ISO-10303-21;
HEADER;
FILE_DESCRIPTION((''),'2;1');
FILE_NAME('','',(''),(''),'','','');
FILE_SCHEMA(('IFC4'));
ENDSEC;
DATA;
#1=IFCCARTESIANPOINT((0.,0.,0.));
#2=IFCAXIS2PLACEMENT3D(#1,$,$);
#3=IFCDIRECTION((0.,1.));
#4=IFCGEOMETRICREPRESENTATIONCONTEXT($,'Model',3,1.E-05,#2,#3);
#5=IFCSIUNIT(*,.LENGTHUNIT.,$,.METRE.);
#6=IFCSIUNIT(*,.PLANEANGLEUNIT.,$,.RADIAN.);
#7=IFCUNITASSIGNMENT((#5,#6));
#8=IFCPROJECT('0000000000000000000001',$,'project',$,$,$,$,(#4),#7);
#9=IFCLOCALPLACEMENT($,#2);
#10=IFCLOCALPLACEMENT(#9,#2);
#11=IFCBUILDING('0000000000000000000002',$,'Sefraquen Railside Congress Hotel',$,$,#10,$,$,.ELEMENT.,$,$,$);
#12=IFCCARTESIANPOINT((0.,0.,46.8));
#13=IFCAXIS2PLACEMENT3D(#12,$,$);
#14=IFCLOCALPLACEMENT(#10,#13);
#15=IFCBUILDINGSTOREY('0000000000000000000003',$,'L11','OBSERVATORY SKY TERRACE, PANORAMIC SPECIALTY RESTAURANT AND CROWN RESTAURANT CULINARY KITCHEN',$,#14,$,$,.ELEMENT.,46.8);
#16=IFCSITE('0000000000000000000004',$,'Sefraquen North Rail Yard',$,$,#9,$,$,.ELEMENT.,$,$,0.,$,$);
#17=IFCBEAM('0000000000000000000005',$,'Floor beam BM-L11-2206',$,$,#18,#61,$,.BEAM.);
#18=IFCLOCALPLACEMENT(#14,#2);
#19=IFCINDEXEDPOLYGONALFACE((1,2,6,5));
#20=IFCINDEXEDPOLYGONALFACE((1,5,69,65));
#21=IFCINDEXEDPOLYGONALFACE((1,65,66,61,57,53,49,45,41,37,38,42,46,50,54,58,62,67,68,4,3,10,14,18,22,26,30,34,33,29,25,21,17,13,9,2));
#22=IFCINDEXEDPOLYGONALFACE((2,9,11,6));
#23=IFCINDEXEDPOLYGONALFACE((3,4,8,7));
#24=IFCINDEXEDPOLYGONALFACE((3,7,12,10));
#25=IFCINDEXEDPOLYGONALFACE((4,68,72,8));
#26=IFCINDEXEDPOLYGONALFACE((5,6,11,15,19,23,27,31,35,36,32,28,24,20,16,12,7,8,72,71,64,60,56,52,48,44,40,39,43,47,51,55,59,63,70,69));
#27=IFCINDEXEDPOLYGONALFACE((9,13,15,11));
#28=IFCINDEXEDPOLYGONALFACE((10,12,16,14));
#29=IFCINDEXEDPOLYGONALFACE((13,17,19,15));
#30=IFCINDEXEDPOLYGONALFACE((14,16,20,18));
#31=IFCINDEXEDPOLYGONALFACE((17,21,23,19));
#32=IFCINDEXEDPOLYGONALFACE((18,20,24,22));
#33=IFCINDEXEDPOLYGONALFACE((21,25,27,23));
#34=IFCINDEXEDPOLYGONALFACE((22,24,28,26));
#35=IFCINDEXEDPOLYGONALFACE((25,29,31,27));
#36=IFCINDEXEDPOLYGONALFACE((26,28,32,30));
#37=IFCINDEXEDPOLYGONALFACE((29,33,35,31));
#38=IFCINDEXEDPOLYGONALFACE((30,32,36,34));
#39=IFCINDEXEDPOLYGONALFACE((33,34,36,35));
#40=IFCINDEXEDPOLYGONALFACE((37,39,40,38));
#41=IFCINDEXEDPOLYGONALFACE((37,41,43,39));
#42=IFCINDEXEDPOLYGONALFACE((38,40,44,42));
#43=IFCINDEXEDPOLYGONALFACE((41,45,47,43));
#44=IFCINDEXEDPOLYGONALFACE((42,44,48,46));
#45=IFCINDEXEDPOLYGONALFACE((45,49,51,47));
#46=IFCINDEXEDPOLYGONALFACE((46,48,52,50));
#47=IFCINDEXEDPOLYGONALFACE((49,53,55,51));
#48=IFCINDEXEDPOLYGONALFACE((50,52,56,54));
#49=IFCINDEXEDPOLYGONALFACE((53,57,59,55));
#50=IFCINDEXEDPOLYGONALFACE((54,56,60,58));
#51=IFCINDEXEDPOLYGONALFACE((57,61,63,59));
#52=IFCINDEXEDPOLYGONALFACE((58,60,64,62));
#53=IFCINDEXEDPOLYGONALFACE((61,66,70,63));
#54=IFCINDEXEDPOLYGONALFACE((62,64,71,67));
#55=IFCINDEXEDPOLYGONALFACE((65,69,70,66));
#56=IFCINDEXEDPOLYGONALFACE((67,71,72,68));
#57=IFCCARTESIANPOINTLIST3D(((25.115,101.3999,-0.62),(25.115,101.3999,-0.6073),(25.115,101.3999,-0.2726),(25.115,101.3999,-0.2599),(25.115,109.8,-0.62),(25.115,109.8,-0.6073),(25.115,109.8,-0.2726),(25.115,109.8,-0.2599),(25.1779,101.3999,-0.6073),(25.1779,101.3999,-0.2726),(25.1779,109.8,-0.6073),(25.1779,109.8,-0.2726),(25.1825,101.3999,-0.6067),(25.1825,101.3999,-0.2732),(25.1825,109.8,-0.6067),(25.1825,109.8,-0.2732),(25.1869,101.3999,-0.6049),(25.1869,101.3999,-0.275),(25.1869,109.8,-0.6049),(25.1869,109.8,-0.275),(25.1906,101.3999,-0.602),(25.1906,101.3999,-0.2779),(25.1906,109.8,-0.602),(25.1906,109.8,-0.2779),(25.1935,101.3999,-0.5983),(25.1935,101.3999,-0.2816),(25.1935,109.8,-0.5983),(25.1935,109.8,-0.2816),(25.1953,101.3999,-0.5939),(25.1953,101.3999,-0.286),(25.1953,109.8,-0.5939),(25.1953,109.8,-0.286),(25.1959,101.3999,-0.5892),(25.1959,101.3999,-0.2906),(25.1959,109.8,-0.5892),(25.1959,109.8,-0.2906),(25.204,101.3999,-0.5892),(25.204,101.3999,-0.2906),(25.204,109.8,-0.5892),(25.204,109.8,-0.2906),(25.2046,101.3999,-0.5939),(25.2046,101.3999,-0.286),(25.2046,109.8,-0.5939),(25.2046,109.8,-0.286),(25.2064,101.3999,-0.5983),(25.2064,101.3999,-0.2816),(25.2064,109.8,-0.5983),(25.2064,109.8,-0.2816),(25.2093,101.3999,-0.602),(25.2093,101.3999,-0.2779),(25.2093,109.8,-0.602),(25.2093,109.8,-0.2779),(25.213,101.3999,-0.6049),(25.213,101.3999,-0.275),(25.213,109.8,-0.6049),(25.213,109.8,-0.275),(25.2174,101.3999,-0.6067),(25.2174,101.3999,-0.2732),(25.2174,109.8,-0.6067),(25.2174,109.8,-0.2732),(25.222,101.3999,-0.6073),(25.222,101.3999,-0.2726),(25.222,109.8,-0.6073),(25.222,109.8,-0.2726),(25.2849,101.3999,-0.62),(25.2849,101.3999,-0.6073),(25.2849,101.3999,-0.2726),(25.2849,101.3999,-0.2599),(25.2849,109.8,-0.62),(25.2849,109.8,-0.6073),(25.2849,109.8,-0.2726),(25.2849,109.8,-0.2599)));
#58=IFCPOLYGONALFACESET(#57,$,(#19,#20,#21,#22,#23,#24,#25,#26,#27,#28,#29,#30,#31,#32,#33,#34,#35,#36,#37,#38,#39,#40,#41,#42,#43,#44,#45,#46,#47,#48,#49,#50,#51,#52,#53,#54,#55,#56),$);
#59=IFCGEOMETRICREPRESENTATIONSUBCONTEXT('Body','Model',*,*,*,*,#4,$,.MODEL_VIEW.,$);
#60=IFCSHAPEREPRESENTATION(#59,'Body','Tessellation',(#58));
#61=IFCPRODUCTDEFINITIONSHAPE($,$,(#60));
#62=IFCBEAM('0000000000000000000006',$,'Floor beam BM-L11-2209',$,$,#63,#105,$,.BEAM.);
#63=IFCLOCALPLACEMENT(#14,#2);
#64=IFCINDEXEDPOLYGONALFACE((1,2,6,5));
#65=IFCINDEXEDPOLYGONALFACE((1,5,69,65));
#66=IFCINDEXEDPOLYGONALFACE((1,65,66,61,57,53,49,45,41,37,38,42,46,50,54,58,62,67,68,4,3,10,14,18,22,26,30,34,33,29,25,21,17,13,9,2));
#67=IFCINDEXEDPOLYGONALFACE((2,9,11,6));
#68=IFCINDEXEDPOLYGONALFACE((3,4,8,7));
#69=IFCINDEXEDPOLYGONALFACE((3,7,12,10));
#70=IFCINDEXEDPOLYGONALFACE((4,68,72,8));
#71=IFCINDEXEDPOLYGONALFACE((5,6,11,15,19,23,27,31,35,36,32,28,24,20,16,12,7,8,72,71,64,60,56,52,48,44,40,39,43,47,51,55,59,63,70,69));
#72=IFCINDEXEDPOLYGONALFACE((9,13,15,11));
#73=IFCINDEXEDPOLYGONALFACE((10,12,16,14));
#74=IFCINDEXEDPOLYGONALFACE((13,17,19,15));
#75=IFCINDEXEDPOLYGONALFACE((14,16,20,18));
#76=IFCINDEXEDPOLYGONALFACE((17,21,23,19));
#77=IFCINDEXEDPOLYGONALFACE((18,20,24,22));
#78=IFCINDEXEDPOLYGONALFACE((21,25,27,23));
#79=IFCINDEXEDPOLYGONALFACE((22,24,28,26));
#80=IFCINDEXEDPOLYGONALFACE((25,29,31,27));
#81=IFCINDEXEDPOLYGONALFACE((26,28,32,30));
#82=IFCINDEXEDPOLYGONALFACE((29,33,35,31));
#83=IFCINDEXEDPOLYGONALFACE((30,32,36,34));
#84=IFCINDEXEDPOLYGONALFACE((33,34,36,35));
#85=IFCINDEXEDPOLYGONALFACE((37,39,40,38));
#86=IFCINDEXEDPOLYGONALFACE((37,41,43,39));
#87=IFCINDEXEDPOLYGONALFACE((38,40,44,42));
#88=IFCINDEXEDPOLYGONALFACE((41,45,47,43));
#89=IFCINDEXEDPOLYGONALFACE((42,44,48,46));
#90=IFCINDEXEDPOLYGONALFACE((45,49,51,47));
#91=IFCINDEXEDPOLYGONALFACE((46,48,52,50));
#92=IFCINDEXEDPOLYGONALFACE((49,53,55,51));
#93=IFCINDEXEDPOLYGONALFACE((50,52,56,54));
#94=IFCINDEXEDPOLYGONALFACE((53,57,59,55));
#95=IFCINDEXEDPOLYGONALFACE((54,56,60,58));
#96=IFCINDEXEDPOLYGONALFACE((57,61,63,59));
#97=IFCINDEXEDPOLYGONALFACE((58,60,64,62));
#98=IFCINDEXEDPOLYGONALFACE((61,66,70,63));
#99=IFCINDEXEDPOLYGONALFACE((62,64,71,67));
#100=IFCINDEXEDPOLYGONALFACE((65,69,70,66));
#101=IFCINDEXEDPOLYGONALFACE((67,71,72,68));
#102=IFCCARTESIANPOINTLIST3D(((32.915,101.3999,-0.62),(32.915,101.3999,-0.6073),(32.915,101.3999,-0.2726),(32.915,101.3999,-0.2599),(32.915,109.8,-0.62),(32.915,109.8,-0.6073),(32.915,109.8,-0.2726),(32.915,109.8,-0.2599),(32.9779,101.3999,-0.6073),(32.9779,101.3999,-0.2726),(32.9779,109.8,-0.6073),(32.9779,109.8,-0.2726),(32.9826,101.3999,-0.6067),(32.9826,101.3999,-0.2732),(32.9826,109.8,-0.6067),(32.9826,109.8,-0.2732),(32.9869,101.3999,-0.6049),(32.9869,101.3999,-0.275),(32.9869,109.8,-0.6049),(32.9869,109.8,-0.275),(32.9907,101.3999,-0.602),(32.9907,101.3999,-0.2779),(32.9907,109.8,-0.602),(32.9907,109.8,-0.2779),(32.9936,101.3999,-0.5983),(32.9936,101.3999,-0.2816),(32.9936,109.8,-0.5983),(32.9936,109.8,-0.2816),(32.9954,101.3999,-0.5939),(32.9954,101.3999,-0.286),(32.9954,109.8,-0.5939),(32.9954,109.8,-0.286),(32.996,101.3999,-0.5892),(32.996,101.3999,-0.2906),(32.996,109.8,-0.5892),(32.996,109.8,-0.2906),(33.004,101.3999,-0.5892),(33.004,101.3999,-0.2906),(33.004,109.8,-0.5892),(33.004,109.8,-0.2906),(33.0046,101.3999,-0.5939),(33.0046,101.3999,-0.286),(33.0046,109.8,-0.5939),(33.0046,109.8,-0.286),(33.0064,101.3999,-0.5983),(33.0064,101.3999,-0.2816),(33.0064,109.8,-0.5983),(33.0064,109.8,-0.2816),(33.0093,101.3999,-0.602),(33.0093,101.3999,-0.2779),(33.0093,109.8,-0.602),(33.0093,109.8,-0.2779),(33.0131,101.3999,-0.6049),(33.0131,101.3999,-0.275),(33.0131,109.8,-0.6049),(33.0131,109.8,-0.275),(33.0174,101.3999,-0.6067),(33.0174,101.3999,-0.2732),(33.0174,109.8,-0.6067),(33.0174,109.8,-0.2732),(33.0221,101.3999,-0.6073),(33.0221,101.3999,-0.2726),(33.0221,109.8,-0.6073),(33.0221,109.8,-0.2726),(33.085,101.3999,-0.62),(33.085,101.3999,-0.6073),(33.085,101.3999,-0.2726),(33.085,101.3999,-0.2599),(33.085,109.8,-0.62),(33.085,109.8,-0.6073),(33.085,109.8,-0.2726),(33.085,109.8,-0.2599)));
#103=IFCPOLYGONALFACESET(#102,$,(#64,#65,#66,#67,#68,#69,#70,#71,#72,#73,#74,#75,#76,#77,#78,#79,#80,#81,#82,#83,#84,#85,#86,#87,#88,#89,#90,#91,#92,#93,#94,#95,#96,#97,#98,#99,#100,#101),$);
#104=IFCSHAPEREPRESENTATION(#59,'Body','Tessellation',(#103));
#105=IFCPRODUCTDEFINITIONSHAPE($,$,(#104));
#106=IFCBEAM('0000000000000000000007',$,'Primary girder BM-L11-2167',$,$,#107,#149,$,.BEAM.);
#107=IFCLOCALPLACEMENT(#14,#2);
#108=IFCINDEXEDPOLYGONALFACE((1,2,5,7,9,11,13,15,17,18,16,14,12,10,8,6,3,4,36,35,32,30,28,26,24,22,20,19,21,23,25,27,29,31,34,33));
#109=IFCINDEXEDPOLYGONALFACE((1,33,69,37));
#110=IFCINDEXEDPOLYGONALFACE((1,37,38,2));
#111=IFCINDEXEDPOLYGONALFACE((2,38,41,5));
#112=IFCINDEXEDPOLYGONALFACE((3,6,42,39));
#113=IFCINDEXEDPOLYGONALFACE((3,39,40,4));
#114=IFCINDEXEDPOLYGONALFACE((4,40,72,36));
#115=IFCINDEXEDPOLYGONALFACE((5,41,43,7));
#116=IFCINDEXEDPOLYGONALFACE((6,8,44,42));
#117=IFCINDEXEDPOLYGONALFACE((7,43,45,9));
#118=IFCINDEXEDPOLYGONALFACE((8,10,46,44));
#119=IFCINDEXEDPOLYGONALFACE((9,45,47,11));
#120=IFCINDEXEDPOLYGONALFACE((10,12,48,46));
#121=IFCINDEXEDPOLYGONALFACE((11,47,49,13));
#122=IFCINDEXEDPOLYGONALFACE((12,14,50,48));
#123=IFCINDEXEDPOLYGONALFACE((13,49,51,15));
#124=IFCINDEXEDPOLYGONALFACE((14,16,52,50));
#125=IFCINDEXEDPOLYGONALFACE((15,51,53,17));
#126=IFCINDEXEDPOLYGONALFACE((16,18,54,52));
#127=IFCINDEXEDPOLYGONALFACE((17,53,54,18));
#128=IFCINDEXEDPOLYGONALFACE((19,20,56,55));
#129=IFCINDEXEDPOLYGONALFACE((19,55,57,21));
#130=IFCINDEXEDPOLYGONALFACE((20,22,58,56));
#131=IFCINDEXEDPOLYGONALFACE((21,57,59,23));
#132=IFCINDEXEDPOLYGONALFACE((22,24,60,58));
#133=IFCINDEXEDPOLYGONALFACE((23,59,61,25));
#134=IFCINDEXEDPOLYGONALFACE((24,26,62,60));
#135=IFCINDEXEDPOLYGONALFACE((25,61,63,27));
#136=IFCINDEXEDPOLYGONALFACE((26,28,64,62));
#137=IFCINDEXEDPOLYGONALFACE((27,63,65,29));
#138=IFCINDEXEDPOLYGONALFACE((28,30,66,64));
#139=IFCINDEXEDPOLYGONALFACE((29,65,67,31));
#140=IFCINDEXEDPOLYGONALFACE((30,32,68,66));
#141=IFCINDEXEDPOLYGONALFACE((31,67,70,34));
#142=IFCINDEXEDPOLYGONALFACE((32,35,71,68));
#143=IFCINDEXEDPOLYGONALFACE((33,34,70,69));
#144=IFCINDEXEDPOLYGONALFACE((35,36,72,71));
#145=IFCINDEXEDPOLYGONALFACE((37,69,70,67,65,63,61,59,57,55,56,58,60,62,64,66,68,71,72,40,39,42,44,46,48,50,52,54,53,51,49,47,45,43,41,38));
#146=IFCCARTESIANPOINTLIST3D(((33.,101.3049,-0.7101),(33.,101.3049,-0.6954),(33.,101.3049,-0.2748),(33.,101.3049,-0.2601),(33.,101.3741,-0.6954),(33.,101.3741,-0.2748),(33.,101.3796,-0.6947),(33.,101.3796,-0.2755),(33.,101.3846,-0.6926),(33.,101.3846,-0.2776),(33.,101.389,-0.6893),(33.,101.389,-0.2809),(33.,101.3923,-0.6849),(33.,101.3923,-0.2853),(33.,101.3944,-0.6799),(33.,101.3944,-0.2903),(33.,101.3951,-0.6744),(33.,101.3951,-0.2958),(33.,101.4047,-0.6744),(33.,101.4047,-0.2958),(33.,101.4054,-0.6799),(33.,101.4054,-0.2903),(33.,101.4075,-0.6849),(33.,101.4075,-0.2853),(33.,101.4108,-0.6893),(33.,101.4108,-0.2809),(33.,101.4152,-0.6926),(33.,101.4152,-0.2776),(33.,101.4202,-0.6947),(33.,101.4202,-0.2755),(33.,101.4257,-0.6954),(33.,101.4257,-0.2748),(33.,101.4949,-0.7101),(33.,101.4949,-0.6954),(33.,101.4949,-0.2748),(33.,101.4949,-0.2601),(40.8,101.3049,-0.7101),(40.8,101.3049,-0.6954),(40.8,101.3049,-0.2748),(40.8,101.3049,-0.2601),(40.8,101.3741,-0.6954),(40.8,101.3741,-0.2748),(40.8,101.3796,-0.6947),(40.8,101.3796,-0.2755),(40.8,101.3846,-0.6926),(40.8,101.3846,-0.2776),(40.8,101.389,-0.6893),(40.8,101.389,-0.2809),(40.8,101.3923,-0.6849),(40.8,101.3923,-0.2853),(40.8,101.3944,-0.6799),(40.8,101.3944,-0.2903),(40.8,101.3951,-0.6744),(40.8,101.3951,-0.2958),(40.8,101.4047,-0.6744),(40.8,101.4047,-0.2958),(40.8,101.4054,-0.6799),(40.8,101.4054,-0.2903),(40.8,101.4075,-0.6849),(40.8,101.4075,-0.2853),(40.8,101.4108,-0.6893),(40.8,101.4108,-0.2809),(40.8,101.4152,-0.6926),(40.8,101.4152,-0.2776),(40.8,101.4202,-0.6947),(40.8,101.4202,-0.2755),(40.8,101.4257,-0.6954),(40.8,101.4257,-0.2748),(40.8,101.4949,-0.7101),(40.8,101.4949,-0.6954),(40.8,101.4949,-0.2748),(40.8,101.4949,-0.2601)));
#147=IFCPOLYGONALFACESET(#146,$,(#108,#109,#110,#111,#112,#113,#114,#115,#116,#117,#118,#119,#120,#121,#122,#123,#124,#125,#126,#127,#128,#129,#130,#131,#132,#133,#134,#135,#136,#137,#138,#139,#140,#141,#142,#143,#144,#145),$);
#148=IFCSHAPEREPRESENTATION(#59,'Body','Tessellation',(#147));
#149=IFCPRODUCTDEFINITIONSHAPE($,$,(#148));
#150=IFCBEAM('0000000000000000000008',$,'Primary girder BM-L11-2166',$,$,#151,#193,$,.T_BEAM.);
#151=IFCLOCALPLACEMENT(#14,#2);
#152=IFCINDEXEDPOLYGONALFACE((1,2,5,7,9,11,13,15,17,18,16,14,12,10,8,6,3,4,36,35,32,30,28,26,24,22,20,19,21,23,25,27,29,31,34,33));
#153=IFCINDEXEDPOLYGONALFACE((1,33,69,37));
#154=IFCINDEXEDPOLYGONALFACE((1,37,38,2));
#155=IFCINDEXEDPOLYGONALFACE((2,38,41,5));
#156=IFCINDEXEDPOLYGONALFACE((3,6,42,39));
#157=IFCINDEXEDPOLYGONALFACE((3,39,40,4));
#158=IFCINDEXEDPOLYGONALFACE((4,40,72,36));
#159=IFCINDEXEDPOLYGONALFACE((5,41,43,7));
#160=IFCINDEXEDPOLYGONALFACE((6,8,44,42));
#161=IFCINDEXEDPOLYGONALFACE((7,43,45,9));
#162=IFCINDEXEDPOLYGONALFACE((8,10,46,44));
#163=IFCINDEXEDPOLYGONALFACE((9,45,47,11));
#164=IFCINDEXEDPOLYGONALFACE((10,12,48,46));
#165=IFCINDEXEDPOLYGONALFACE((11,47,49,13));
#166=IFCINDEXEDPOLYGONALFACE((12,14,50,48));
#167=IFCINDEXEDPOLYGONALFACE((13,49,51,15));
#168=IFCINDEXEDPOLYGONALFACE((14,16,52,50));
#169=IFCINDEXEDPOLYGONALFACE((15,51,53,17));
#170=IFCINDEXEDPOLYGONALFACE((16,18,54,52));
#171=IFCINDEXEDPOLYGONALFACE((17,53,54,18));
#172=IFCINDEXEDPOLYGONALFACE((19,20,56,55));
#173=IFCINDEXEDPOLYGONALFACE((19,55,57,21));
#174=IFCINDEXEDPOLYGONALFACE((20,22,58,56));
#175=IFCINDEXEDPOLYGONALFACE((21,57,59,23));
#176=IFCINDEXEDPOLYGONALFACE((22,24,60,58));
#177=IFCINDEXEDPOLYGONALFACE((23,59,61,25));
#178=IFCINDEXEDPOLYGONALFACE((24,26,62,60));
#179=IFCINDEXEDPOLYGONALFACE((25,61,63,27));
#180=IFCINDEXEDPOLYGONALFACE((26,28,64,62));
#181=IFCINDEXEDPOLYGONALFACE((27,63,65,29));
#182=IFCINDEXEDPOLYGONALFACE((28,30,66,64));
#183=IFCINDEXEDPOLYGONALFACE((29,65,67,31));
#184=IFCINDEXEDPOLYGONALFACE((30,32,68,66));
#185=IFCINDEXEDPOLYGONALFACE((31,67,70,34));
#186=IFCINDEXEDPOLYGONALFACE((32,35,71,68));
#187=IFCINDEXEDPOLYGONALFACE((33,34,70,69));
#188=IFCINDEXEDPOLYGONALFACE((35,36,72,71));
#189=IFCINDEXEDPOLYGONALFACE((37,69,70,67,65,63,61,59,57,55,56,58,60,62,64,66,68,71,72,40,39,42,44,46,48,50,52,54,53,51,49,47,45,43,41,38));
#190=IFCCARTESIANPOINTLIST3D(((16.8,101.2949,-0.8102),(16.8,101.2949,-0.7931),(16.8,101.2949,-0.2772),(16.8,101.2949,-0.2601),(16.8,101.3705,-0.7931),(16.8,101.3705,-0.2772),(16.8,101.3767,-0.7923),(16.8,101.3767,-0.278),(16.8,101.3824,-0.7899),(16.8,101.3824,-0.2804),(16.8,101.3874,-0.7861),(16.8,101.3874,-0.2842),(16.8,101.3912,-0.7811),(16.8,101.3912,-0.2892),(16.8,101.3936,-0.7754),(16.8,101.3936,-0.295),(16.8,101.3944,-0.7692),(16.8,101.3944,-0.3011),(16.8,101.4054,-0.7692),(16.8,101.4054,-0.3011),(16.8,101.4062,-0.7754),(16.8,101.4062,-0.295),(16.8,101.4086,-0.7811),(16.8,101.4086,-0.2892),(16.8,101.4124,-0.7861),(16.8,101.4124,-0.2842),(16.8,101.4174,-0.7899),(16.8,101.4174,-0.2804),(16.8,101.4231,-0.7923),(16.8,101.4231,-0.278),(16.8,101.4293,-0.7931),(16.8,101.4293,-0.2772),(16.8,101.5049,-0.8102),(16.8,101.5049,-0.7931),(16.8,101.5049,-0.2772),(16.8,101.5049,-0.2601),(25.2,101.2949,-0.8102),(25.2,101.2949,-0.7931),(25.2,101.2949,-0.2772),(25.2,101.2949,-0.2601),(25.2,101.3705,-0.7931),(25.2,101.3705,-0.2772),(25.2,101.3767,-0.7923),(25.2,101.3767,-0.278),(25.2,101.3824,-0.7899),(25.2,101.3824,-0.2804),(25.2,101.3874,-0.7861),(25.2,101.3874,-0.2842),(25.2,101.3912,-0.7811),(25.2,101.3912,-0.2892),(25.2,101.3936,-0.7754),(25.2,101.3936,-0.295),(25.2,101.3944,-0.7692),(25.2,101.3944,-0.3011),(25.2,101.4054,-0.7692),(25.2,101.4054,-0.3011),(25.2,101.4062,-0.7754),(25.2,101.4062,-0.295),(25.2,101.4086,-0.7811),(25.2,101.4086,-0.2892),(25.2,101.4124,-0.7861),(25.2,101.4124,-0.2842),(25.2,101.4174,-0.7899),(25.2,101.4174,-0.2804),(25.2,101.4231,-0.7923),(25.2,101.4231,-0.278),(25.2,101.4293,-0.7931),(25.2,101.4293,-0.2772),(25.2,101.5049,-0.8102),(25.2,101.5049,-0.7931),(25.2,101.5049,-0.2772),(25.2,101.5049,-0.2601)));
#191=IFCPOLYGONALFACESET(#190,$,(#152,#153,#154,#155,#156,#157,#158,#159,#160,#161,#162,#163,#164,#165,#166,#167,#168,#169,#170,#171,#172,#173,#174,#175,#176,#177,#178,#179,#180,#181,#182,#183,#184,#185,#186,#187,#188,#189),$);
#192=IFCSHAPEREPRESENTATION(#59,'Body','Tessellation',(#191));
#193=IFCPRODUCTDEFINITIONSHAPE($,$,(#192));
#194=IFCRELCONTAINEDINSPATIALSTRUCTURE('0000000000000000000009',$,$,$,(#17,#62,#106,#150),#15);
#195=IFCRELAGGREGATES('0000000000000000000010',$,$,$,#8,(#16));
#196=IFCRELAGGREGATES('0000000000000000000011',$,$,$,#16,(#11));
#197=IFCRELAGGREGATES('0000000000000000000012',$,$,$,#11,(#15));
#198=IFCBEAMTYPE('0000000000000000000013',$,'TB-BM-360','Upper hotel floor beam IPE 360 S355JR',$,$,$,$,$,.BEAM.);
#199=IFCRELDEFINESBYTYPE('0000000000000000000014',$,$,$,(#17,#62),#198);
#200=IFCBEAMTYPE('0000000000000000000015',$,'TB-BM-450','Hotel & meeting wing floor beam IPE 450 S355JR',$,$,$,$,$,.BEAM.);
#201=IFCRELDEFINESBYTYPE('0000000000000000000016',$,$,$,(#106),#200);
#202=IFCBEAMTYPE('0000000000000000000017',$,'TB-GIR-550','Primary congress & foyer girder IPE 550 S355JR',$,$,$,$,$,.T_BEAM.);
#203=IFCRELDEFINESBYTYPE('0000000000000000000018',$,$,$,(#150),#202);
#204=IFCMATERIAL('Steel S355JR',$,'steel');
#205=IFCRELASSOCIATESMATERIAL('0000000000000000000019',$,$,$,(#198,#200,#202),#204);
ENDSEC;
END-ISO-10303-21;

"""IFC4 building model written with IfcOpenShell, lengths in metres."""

from ifc_helpers import new_model, si_unit, direction, frame, origin, origin_2d, place, context, subcontext, project, spatial, i_section, extrude, material, material_profile, profile_set, type_object, element, save


model = new_model("IFC4")

# Units and contexts
model_context = context("Model", 3, precision=1e-05, world=origin(), true_north=direction((0.0, 1.0)))
body_context = subcontext(model_context, "Body", "Model", "MODEL_VIEW")
ifc_project = project(units=[si_unit("LENGTHUNIT", "METRE"), si_unit("PLANEANGLEUNIT", "RADIAN")], contexts=[model_context])

# Site, building, storey
site_placement = place(None, origin())
site = spatial("IfcSite", under=ifc_project, at=site_placement, Name="Sefraquen North Rail Yard", CompositionType="ELEMENT", RefElevation=0.0)
building_placement = place(site_placement, origin())
building = spatial("IfcBuilding", under=site, at=building_placement, Name="Sefraquen Railside Congress Hotel", CompositionType="ELEMENT")
storey_placement = place(building_placement, frame((0.0, 0.0, 46.8)))
storey = spatial("IfcBuildingStorey", under=building, at=storey_placement, Name="L11", Description="OBSERVATORY SKY TERRACE, PANORAMIC SPECIALTY RESTAURANT AND CROWN RESTAURANT CULINARY KITCHEN", CompositionType="ELEMENT", Elevation=46.8)

# Shared definitions
ifc_material_1 = material(Name="Steel S355JR", Category="steel")

# Beams
ifc_material_profile_1 = material_profile(ifc_material_1, i_section(OverallWidth=0.1699, OverallDepth=0.3601, WebThickness=0.0081, FlangeThickness=0.0127, FilletRadius=0.0181, at=origin_2d()), Name="IPE 360")
ifc_profile_set_1 = profile_set([ifc_material_profile_1], Name="Steel S355JR")
beam_type_1 = type_object("IfcBeamType", Name="TB-BM-360", Description="Upper hotel floor beam IPE 360 S355JR", PredefinedType="BEAM", material=ifc_profile_set_1)
for number, where, z_axis, x_axis, name in (
    (1, (25.2, 101.3999, -0.4399), (0.0, 1.0, 0.0), (-1.0, 0.0, 0.0), "Floor beam BM-L11-2206"),
    (2, (33.0, 101.3999, -0.4399), (0.0, 1.0, 0.0), (-1.0, 0.0, 0.0), "Floor beam BM-L11-2209"),
):
    element("IfcBeam", number, at=place(storey_placement, frame(where, z_axis=z_axis, x_axis=x_axis)), inside=storey, type_object=beam_type_1, Name=name, PredefinedType="BEAM", context=body_context, shape_type="SweptSolid", body=[
        extrude(i_section(OverallWidth=0.1699, OverallDepth=0.3601, WebThickness=0.0081, FlangeThickness=0.0127, FilletRadius=0.0181, at=origin_2d()), origin(), (0.0, 0.0, 1.0), 8.4001),
    ])
ifc_material_profile_2 = material_profile(ifc_material_1, i_section(OverallWidth=0.1899, OverallDepth=0.45, WebThickness=0.0095, FlangeThickness=0.0146, FilletRadius=0.021, at=origin_2d()), Name="IPE 450")
ifc_profile_set_2 = profile_set([ifc_material_profile_2], Name="Steel S355JR")
beam_type_2 = type_object("IfcBeamType", Name="TB-BM-450", Description="Hotel & meeting wing floor beam IPE 450 S355JR", PredefinedType="BEAM", material=ifc_profile_set_2)
beam_1_placement = place(storey_placement, frame((33.0, 101.3999, -0.4851), z_axis=(1.0, 0.0, 0.0), x_axis=(0.0, 1.0, 0.0)))
element("IfcBeam", 3, at=beam_1_placement, inside=storey, type_object=beam_type_2, Name="Primary girder BM-L11-2167", PredefinedType="BEAM", context=body_context, shape_type="SweptSolid", body=[
    extrude(i_section(OverallWidth=0.1899, OverallDepth=0.45, WebThickness=0.0095, FlangeThickness=0.0146, FilletRadius=0.021, at=origin_2d()), origin(), (0.0, 0.0, 1.0), 7.8),
])
ifc_material_profile_3 = material_profile(ifc_material_1, i_section(OverallWidth=0.21, OverallDepth=0.55, WebThickness=0.011, FlangeThickness=0.0171, FilletRadius=0.0239, at=origin_2d()), Name="IPE 550")
ifc_profile_set_3 = profile_set([ifc_material_profile_3], Name="Steel S355JR")
beam_type_3 = type_object("IfcBeamType", Name="TB-GIR-550", Description="Primary congress & foyer girder IPE 550 S355JR", PredefinedType="T_BEAM", material=ifc_profile_set_3)
beam_2_placement = place(storey_placement, frame((16.8, 101.3999, -0.5352), z_axis=(1.0, 0.0, 0.0), x_axis=(0.0, 1.0, 0.0)))
element("IfcBeam", 4, at=beam_2_placement, inside=storey, type_object=beam_type_3, Name="Primary girder BM-L11-2166", PredefinedType="T_BEAM", context=body_context, shape_type="SweptSolid", body=[
    extrude(i_section(OverallWidth=0.21, OverallDepth=0.55, WebThickness=0.011, FlangeThickness=0.0171, FilletRadius=0.0239, at=origin_2d()), origin(), (0.0, 0.0, 1.0), 8.3999),
])

save(model, "model.ifc")
